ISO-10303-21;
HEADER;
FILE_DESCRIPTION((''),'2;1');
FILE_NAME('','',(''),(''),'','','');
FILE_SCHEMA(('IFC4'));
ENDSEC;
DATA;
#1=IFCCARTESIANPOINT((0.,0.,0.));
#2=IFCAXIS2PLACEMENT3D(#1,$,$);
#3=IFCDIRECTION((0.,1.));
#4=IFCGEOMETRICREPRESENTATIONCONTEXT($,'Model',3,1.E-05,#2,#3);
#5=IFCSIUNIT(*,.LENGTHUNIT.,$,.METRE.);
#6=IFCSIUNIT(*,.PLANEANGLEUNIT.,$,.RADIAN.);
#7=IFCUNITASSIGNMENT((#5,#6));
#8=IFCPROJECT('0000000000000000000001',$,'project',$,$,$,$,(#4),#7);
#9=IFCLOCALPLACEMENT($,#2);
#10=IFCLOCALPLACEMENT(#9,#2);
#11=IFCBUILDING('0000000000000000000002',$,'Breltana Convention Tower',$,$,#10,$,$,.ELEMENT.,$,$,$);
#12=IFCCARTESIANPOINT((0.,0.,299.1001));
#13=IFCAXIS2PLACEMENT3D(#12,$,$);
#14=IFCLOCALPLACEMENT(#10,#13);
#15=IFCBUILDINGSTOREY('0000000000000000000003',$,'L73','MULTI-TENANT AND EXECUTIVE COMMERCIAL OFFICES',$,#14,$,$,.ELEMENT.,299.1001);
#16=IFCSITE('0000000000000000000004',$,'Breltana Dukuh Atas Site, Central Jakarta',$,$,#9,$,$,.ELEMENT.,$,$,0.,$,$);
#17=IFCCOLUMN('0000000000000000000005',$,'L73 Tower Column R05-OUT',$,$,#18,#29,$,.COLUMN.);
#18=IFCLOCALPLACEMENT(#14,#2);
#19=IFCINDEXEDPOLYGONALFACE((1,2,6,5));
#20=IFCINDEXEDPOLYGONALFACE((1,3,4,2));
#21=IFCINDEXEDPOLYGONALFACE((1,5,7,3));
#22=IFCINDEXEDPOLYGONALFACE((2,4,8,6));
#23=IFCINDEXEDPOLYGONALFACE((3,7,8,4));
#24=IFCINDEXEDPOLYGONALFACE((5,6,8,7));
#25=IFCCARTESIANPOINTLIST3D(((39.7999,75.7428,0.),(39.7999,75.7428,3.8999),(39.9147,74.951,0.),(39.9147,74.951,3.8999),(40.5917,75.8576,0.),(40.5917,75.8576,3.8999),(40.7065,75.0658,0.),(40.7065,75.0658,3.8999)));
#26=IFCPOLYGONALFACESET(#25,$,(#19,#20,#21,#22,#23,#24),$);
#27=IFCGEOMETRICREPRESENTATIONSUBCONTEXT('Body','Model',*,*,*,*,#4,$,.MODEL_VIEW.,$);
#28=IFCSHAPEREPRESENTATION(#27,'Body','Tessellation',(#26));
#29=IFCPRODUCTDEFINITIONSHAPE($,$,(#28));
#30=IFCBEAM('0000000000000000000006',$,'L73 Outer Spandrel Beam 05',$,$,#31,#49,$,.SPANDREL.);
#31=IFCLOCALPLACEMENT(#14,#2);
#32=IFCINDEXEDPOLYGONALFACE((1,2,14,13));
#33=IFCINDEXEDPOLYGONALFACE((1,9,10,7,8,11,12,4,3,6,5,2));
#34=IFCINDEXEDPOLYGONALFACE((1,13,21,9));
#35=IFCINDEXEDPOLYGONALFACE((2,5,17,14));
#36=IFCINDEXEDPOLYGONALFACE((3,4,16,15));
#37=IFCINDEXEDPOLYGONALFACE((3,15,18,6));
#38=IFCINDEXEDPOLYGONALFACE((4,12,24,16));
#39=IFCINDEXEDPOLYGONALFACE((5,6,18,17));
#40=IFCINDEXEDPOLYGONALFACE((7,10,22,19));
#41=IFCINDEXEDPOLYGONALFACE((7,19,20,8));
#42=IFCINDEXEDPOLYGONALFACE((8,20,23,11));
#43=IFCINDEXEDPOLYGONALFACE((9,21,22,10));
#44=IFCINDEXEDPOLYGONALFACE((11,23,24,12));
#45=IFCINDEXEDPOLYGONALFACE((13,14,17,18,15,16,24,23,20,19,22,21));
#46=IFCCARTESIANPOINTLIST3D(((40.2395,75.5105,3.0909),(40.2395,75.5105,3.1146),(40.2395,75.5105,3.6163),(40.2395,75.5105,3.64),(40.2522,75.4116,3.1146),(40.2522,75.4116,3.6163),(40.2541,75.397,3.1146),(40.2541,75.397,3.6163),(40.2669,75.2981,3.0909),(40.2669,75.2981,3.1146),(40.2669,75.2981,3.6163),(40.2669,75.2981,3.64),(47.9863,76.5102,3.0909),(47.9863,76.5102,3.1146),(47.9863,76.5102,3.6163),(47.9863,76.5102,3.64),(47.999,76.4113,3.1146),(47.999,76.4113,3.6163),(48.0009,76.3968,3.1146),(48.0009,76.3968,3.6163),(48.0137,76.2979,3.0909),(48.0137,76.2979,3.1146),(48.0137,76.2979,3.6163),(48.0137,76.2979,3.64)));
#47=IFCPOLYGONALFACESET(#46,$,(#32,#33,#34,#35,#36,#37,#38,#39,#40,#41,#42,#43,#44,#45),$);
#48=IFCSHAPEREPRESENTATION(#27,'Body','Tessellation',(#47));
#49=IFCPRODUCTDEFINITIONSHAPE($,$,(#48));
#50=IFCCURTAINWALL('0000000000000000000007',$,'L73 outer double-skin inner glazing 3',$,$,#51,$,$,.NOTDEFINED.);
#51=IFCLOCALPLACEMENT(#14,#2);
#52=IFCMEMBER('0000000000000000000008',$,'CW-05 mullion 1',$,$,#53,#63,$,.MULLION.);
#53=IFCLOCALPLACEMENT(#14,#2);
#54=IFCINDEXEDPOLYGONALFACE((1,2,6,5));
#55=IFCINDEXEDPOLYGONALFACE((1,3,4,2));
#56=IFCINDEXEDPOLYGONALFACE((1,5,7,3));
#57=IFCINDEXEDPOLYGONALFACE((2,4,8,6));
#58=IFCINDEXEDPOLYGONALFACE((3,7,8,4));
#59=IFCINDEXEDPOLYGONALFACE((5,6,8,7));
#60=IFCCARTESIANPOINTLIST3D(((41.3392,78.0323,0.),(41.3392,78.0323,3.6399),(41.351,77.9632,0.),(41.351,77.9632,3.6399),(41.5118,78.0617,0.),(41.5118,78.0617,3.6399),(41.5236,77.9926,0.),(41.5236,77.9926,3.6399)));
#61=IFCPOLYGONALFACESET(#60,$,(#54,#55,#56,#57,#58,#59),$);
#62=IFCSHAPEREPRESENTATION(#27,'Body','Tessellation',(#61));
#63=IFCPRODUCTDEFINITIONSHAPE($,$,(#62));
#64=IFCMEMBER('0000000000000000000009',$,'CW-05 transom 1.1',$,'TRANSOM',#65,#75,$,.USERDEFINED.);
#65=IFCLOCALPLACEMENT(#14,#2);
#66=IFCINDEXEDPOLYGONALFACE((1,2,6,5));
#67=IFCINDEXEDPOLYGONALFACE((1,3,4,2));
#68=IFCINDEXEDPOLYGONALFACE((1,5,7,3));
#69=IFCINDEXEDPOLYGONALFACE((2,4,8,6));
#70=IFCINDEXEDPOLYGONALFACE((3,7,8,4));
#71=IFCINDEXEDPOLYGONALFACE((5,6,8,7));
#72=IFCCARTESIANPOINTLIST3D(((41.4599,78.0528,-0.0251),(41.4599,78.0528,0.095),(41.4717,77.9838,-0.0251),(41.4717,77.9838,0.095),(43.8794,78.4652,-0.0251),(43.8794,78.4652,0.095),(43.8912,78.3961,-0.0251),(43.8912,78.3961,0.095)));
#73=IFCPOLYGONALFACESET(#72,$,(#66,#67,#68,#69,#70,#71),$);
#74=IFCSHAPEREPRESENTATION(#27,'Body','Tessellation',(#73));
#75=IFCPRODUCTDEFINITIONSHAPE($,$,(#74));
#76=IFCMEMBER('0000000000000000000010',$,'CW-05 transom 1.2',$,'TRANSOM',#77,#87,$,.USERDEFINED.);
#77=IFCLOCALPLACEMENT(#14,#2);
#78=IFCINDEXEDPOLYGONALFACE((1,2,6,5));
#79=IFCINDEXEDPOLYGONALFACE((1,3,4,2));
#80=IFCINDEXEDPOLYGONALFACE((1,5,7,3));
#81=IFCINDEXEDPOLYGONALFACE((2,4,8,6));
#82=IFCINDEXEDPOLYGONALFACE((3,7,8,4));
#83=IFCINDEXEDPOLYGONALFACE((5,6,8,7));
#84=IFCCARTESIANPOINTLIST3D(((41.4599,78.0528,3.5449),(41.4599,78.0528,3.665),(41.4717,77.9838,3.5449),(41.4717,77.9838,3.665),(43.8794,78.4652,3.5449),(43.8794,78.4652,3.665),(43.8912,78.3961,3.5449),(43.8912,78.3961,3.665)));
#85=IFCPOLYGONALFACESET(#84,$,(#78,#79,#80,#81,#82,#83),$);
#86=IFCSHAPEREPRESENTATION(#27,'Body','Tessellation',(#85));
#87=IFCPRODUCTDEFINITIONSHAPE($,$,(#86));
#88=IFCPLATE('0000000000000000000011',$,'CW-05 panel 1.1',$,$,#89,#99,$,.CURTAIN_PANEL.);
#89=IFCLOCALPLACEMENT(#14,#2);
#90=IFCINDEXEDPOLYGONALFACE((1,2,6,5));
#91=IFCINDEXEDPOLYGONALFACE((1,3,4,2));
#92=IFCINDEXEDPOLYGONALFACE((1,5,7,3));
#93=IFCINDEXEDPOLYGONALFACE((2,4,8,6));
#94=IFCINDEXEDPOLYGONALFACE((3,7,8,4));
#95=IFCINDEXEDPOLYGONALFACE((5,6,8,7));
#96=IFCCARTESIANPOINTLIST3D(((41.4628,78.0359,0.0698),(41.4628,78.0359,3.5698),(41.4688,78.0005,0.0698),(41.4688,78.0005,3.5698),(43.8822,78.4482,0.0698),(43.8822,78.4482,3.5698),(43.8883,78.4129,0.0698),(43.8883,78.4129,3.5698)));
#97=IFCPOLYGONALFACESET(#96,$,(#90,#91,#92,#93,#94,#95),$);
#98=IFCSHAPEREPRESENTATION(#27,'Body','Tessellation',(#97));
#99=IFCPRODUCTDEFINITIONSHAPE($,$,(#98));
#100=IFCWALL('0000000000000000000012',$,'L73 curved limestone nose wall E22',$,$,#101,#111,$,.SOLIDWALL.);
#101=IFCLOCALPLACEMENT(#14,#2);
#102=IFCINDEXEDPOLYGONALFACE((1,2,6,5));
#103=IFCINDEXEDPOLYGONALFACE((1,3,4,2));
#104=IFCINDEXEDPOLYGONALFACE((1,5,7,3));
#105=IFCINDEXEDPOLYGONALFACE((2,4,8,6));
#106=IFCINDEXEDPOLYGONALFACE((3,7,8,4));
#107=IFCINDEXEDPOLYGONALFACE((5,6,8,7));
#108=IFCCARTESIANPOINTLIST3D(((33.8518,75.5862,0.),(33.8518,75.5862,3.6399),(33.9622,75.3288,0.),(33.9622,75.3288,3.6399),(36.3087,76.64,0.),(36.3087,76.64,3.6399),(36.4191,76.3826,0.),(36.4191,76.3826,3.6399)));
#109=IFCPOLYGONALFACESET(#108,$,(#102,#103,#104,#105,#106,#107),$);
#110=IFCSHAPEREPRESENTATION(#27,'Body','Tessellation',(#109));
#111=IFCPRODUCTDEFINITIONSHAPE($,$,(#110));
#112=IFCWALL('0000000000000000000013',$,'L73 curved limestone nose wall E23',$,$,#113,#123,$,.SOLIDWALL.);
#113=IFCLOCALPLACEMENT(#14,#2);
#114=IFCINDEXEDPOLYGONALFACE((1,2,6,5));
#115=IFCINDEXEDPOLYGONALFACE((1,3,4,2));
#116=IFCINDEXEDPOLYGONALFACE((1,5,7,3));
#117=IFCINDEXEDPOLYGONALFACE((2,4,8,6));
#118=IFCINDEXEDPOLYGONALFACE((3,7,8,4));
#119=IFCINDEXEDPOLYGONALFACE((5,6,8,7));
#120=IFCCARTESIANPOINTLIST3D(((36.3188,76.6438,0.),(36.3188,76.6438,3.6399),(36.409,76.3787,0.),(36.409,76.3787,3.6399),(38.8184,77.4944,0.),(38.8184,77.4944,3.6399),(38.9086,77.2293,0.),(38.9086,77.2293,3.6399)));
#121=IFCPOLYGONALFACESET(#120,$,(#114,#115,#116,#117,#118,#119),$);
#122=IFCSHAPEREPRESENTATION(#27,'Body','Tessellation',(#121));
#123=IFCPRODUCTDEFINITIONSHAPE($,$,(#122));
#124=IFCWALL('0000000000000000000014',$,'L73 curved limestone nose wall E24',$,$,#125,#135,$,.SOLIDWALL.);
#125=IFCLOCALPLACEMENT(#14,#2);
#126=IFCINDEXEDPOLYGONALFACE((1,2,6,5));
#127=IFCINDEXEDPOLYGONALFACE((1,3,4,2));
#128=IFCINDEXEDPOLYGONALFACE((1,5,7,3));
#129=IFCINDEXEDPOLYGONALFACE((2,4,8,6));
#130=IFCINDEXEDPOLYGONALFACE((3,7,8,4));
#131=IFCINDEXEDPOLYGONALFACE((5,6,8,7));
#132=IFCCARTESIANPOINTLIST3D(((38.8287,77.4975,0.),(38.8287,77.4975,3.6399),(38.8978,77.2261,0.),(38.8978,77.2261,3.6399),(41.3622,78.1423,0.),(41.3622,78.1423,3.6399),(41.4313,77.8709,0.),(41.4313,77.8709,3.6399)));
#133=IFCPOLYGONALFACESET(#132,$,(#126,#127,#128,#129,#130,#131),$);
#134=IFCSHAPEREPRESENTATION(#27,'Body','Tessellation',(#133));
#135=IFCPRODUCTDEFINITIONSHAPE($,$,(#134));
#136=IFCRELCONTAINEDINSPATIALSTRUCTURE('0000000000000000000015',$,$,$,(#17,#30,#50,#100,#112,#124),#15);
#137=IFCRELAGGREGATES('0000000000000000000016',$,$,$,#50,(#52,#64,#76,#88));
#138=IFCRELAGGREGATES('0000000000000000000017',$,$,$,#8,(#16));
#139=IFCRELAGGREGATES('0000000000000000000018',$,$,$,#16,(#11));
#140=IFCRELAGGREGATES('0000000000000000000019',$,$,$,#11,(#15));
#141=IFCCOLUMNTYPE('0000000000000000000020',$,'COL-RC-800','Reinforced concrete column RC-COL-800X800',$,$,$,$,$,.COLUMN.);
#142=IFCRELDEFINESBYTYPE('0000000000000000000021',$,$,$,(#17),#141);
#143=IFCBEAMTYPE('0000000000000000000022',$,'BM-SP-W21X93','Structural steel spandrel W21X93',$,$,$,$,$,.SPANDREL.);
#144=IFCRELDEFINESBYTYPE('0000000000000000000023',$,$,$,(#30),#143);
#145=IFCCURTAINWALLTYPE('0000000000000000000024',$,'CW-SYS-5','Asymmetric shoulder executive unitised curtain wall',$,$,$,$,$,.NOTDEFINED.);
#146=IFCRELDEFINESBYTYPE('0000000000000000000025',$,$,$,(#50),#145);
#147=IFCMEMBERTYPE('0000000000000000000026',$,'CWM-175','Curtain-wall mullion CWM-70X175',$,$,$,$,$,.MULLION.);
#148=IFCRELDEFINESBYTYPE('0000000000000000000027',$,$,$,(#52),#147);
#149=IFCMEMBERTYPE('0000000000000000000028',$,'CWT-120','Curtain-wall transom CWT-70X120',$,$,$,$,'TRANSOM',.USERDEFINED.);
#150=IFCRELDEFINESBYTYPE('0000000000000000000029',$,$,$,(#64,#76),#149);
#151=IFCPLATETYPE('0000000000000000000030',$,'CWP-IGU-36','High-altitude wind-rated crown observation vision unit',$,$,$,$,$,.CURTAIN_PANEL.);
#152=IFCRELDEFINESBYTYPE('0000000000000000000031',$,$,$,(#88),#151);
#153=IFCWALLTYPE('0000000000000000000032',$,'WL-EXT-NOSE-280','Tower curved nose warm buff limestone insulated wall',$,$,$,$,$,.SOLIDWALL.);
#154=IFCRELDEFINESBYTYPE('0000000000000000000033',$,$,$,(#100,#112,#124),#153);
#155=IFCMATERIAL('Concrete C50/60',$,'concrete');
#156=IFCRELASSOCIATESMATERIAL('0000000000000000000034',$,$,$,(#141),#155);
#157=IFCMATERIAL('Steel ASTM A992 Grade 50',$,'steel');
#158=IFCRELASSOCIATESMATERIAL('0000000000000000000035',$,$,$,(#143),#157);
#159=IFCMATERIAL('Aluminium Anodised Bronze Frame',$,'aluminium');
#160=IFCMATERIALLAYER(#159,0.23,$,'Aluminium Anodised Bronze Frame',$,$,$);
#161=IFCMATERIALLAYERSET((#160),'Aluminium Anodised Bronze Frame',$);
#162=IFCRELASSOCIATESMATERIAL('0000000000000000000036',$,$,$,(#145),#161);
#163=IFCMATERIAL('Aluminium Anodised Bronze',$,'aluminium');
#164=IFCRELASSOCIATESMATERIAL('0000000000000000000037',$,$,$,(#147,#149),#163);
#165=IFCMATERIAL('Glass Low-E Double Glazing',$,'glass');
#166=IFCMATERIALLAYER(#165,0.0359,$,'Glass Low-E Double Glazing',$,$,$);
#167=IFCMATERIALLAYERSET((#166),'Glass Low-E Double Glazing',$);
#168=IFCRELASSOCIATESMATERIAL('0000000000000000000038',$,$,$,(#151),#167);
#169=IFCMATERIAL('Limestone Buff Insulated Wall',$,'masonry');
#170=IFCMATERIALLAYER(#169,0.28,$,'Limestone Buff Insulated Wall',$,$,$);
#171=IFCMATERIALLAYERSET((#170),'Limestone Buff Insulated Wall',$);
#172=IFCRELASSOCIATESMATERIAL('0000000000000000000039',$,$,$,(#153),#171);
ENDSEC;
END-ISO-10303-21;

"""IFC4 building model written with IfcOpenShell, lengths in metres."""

from ifc_helpers import new_model, si_unit, direction, frame, frame_2d, origin, origin_2d, place, context, subcontext, project, spatial, rectangle, i_section, extrude, source, transform, mapped, material, layer, layer_set, material_profile, profile_set, type_object, element, aggregate, save


model = new_model("IFC4")

# Units and contexts
model_context = context("Model", 3, precision=1e-05, world=origin(), true_north=direction((0.0, 1.0)))
body_context = subcontext(model_context, "Body", "Model", "MODEL_VIEW")
ifc_project = project(units=[si_unit("LENGTHUNIT", "METRE"), si_unit("PLANEANGLEUNIT", "RADIAN")], contexts=[model_context])

# Site, building, storey
site_placement = place(None, origin())
site = spatial("IfcSite", under=ifc_project, at=site_placement, Name="Breltana Dukuh Atas Site, Central Jakarta", CompositionType="ELEMENT", RefElevation=0.0)
building_placement = place(site_placement, origin())
building = spatial("IfcBuilding", under=site, at=building_placement, Name="Breltana Convention Tower", CompositionType="ELEMENT")
storey_placement = place(building_placement, frame((0.0, 0.0, 299.1001)))
storey = spatial("IfcBuildingStorey", under=building, at=storey_placement, Name="L73", Description="MULTI-TENANT AND EXECUTIVE COMMERCIAL OFFICES", CompositionType="ELEMENT", Elevation=299.1001)

# Column
ifc_material_1 = material(Name="Concrete C50/60", Category="concrete")
ifc_material_profile_1 = material_profile(ifc_material_1, rectangle(XDim=0.8, YDim=0.8, at=origin_2d()), Name="RC-COL-800X800")
ifc_profile_set_1 = profile_set([ifc_material_profile_1], Name="Concrete C50/60")
column_type = type_object("IfcColumnType", Name="COL-RC-800", Description="Reinforced concrete column RC-COL-800X800", PredefinedType="COLUMN", material=ifc_profile_set_1)
shared_shape_1 = source(origin(), body_context, "Body", "SweptSolid", [
    extrude(rectangle(XDim=0.8, YDim=0.8, at=origin_2d()), origin(), (0.0, 0.0, 1.0), 3.8999),
])
column_placement = place(storey_placement, frame((40.2532, 75.4043, 0.0), z_axis=(0.0, 0.0, 1.0), x_axis=(-0.143493, 0.989651, 0.0)))
element("IfcColumn", 1, at=column_placement, inside=storey, type_object=column_type, Name="L73 Tower Column R05-OUT", PredefinedType="COLUMN", context=body_context, shape_type="MappedRepresentation", body=[
    mapped(shared_shape_1, transform((0.0, 0.0, 0.0), scale=1.0)),
])

# Beam
ifc_material_2 = material(Name="Steel ASTM A992 Grade 50", Category="steel")
ifc_material_profile_2 = material_profile(ifc_material_2, i_section(OverallWidth=0.2141, OverallDepth=0.5491, WebThickness=0.0146, FlangeThickness=0.0237, at=origin_2d()), Name="W21X93")
ifc_profile_set_2 = profile_set([ifc_material_profile_2], Name="Steel ASTM A992 Grade 50")
beam_type = type_object("IfcBeamType", Name="BM-SP-W21X93", Description="Structural steel spandrel W21X93", PredefinedType="SPANDREL", material=ifc_profile_set_2)
shared_shape_2 = source(origin(), body_context, "Body", "SweptSolid", [
    extrude(i_section(OverallWidth=0.2141, OverallDepth=0.5491, WebThickness=0.0146, FlangeThickness=0.0237, at=origin_2d()), origin(), (0.0, 0.0, 1.0), 7.811),
])
beam_placement = place(storey_placement, frame((40.2532, 75.4043, 3.3655), z_axis=(0.991775, 0.127992, 0.0), x_axis=(-0.127992, 0.991775, 0.0)))
element("IfcBeam", 2, at=beam_placement, inside=storey, type_object=beam_type, Name="L73 Outer Spandrel Beam 05", PredefinedType="SPANDREL", context=body_context, shape_type="MappedRepresentation", body=[
    mapped(shared_shape_2, transform((0.0, 0.0, 0.0), scale=1.0)),
])

# Curtain wall, members, plate
ifc_material_3 = material(Name="Aluminium Anodised Bronze Frame", Category="aluminium")
ifc_layer_1 = layer(ifc_material_3, 0.23, Name="Aluminium Anodised Bronze Frame")
ifc_layer_set_1 = layer_set([ifc_layer_1], Name="Aluminium Anodised Bronze Frame")
curtain_wall_type = type_object("IfcCurtainWallType", Name="CW-SYS-5", Description="Asymmetric shoulder executive unitised curtain wall", PredefinedType="NOTDEFINED", material=ifc_layer_set_1)
curtain_wall_placement = place(storey_placement, origin())
curtain_wall = element("IfcCurtainWall", 3, at=curtain_wall_placement, inside=storey, type_object=curtain_wall_type, Name="L73 outer double-skin inner glazing 3", PredefinedType="NOTDEFINED")
ifc_material_4 = material(Name="Aluminium Anodised Bronze", Category="aluminium")
ifc_material_profile_3 = material_profile(ifc_material_4, rectangle(XDim=0.0701, YDim=0.175, at=origin_2d()), Name="CWM-70X175")
ifc_profile_set_3 = profile_set([ifc_material_profile_3], Name="Aluminium Anodised Bronze")
member_type_1 = type_object("IfcMemberType", Name="CWM-175", Description="Curtain-wall mullion CWM-70X175", PredefinedType="MULLION", material=ifc_profile_set_3)
shared_shape_3 = source(origin(), body_context, "Body", "SweptSolid", [
    extrude(rectangle(XDim=0.0701, YDim=0.175, at=origin_2d()), origin(), (0.0, 0.0, 1.0), 3.6399),
])
member_1_placement = place(storey_placement, frame((41.4314, 78.0125, 0.0), z_axis=(0.0, 0.0, 1.0), x_axis=(-0.168017, 0.985784, 0.0)))
member_1 = element("IfcMember", 4, at=member_1_placement, type_object=member_type_1, Name="CW-05 mullion 1", PredefinedType="MULLION", context=body_context, shape_type="MappedRepresentation", body=[
    mapped(shared_shape_3, transform((0.0, 0.0, 0.0), scale=1.0)),
])
ifc_material_profile_4 = material_profile(ifc_material_4, rectangle(XDim=0.0701, YDim=0.1201, at=origin_2d()), Name="CWT-70X120")
ifc_profile_set_4 = profile_set([ifc_material_profile_4], Name="Aluminium Anodised Bronze")
member_type_2 = type_object("IfcMemberType", Name="CWT-120", Description="Curtain-wall transom CWT-70X120", ElementType="TRANSOM", PredefinedType="USERDEFINED", material=ifc_profile_set_4)
shared_shape_4 = source(origin(), body_context, "Body", "SweptSolid", [
    extrude(rectangle(XDim=0.0701, YDim=0.1201, at=origin_2d()), origin(), (0.0, 0.0, 1.0), 2.4543),
])
member_2_placement = place(storey_placement, frame((41.4658, 78.0183, 0.0349), z_axis=(0.985785, 0.168011, 0.0), x_axis=(-0.168011, 0.985785, 0.0)))
member_2 = element("IfcMember", 5, at=member_2_placement, type_object=member_type_2, Name="CW-05 transom 1.1", ObjectType="TRANSOM", PredefinedType="USERDEFINED", context=body_context, shape_type="MappedRepresentation", body=[
    mapped(shared_shape_4, transform((0.0, 0.0, 0.0), scale=1.0)),
])
member_3_placement = place(storey_placement, frame((41.4658, 78.0183, 3.605), z_axis=(0.985785, 0.168011, 0.0), x_axis=(-0.168011, 0.985785, 0.0)))
member_3 = element("IfcMember", 6, at=member_3_placement, type_object=member_type_2, Name="CW-05 transom 1.2", ObjectType="TRANSOM", PredefinedType="USERDEFINED", context=body_context, shape_type="MappedRepresentation", body=[
    mapped(shared_shape_4, transform((0.0, 0.0, 0.0), scale=1.0)),
])
ifc_material_5 = material(Name="Glass Low-E Double Glazing", Category="glass")
ifc_layer_2 = layer(ifc_material_5, 0.0359, Name="Glass Low-E Double Glazing")
ifc_layer_set_2 = layer_set([ifc_layer_2], Name="Glass Low-E Double Glazing")
plate_type = type_object("IfcPlateType", Name="CWP-IGU-36", Description="High-altitude wind-rated crown observation vision unit", PredefinedType="CURTAIN_PANEL", material=ifc_layer_set_2)
shared_shape_5 = source(origin(), body_context, "Body", "SweptSolid", [
    extrude(rectangle(XDim=2.4543, YDim=0.0359, at=origin_2d()), origin(), (0.0, 0.0, 1.0), 3.5),
])
plate_placement = place(storey_placement, frame((42.6755, 78.2244, 0.0698), z_axis=(0.0, 0.0, 1.0), x_axis=(0.985784, 0.168017, 0.0)))
plate = element("IfcPlate", 7, at=plate_placement, type_object=plate_type, Name="CW-05 panel 1.1", PredefinedType="CURTAIN_PANEL", context=body_context, shape_type="MappedRepresentation", body=[
    mapped(shared_shape_5, transform((0.0, 0.0, 0.0), scale=1.0)),
])
aggregate(curtain_wall, [member_1, member_2, member_3, plate])

# Walls
ifc_material_6 = material(Name="Limestone Buff Insulated Wall", Category="masonry")
ifc_layer_3 = layer(ifc_material_6, 0.28, Name="Limestone Buff Insulated Wall")
ifc_layer_set_3 = layer_set([ifc_layer_3], Name="Limestone Buff Insulated Wall")
wall_type_1 = type_object("IfcWallType", Name="WL-EXT-NOSE-280", Description="Tower curved nose warm buff limestone insulated wall", PredefinedType="SOLIDWALL", material=ifc_layer_set_3)
shared_shape_6 = source(origin(), body_context, "Body", "SweptSolid", [
    extrude(rectangle(XDim=2.6733, YDim=0.28, at=frame_2d((1.3367, 0.0))), origin(), (0.0, 0.0, 1.0), 3.6399),
])
wall_1_placement = place(storey_placement, frame((33.907, 75.4575, 0.0), z_axis=(0.0, 0.0, 1.0), x_axis=(0.919036, 0.394173, 0.0)))
element("IfcWall", 8, at=wall_1_placement, inside=storey, type_object=wall_type_1, Name="L73 curved limestone nose wall E22", PredefinedType="SOLIDWALL", context=body_context, shape_type="MappedRepresentation", body=[
    mapped(shared_shape_6, transform((0.0, 0.0, 0.0), scale=1.0)),
])
shared_shape_7 = source(origin(), body_context, "Body", "SweptSolid", [
    extrude(rectangle(XDim=2.6404, YDim=0.28, at=frame_2d((1.3203, 0.0))), origin(), (0.0, 0.0, 1.0), 3.6399),
])
wall_2_placement = place(storey_placement, frame((36.3638, 76.5112, 0.0), z_axis=(0.0, 0.0, 1.0), x_axis=(0.946686, 0.322158, 0.0)))
element("IfcWall", 9, at=wall_2_placement, inside=storey, type_object=wall_type_1, Name="L73 curved limestone nose wall E23", PredefinedType="SOLIDWALL", context=body_context, shape_type="MappedRepresentation", body=[
    mapped(shared_shape_7, transform((0.0, 0.0, 0.0), scale=1.0)),
])
shared_shape_8 = source(origin(), body_context, "Body", "SweptSolid", [
    extrude(rectangle(XDim=2.6143, YDim=0.28, at=frame_2d((1.3071, 0.0))), origin(), (0.0, 0.0, 1.0), 3.6399),
])
wall_3_placement = place(storey_placement, frame((38.8633, 77.3618, 0.0), z_axis=(0.0, 0.0, 1.0), x_axis=(0.969107, 0.246643, 0.0)))
element("IfcWall", 10, at=wall_3_placement, inside=storey, type_object=wall_type_1, Name="L73 curved limestone nose wall E24", PredefinedType="SOLIDWALL", context=body_context, shape_type="MappedRepresentation", body=[
    mapped(shared_shape_8, transform((0.0, 0.0, 0.0), scale=1.0)),
])

save(model, "model.ifc")
